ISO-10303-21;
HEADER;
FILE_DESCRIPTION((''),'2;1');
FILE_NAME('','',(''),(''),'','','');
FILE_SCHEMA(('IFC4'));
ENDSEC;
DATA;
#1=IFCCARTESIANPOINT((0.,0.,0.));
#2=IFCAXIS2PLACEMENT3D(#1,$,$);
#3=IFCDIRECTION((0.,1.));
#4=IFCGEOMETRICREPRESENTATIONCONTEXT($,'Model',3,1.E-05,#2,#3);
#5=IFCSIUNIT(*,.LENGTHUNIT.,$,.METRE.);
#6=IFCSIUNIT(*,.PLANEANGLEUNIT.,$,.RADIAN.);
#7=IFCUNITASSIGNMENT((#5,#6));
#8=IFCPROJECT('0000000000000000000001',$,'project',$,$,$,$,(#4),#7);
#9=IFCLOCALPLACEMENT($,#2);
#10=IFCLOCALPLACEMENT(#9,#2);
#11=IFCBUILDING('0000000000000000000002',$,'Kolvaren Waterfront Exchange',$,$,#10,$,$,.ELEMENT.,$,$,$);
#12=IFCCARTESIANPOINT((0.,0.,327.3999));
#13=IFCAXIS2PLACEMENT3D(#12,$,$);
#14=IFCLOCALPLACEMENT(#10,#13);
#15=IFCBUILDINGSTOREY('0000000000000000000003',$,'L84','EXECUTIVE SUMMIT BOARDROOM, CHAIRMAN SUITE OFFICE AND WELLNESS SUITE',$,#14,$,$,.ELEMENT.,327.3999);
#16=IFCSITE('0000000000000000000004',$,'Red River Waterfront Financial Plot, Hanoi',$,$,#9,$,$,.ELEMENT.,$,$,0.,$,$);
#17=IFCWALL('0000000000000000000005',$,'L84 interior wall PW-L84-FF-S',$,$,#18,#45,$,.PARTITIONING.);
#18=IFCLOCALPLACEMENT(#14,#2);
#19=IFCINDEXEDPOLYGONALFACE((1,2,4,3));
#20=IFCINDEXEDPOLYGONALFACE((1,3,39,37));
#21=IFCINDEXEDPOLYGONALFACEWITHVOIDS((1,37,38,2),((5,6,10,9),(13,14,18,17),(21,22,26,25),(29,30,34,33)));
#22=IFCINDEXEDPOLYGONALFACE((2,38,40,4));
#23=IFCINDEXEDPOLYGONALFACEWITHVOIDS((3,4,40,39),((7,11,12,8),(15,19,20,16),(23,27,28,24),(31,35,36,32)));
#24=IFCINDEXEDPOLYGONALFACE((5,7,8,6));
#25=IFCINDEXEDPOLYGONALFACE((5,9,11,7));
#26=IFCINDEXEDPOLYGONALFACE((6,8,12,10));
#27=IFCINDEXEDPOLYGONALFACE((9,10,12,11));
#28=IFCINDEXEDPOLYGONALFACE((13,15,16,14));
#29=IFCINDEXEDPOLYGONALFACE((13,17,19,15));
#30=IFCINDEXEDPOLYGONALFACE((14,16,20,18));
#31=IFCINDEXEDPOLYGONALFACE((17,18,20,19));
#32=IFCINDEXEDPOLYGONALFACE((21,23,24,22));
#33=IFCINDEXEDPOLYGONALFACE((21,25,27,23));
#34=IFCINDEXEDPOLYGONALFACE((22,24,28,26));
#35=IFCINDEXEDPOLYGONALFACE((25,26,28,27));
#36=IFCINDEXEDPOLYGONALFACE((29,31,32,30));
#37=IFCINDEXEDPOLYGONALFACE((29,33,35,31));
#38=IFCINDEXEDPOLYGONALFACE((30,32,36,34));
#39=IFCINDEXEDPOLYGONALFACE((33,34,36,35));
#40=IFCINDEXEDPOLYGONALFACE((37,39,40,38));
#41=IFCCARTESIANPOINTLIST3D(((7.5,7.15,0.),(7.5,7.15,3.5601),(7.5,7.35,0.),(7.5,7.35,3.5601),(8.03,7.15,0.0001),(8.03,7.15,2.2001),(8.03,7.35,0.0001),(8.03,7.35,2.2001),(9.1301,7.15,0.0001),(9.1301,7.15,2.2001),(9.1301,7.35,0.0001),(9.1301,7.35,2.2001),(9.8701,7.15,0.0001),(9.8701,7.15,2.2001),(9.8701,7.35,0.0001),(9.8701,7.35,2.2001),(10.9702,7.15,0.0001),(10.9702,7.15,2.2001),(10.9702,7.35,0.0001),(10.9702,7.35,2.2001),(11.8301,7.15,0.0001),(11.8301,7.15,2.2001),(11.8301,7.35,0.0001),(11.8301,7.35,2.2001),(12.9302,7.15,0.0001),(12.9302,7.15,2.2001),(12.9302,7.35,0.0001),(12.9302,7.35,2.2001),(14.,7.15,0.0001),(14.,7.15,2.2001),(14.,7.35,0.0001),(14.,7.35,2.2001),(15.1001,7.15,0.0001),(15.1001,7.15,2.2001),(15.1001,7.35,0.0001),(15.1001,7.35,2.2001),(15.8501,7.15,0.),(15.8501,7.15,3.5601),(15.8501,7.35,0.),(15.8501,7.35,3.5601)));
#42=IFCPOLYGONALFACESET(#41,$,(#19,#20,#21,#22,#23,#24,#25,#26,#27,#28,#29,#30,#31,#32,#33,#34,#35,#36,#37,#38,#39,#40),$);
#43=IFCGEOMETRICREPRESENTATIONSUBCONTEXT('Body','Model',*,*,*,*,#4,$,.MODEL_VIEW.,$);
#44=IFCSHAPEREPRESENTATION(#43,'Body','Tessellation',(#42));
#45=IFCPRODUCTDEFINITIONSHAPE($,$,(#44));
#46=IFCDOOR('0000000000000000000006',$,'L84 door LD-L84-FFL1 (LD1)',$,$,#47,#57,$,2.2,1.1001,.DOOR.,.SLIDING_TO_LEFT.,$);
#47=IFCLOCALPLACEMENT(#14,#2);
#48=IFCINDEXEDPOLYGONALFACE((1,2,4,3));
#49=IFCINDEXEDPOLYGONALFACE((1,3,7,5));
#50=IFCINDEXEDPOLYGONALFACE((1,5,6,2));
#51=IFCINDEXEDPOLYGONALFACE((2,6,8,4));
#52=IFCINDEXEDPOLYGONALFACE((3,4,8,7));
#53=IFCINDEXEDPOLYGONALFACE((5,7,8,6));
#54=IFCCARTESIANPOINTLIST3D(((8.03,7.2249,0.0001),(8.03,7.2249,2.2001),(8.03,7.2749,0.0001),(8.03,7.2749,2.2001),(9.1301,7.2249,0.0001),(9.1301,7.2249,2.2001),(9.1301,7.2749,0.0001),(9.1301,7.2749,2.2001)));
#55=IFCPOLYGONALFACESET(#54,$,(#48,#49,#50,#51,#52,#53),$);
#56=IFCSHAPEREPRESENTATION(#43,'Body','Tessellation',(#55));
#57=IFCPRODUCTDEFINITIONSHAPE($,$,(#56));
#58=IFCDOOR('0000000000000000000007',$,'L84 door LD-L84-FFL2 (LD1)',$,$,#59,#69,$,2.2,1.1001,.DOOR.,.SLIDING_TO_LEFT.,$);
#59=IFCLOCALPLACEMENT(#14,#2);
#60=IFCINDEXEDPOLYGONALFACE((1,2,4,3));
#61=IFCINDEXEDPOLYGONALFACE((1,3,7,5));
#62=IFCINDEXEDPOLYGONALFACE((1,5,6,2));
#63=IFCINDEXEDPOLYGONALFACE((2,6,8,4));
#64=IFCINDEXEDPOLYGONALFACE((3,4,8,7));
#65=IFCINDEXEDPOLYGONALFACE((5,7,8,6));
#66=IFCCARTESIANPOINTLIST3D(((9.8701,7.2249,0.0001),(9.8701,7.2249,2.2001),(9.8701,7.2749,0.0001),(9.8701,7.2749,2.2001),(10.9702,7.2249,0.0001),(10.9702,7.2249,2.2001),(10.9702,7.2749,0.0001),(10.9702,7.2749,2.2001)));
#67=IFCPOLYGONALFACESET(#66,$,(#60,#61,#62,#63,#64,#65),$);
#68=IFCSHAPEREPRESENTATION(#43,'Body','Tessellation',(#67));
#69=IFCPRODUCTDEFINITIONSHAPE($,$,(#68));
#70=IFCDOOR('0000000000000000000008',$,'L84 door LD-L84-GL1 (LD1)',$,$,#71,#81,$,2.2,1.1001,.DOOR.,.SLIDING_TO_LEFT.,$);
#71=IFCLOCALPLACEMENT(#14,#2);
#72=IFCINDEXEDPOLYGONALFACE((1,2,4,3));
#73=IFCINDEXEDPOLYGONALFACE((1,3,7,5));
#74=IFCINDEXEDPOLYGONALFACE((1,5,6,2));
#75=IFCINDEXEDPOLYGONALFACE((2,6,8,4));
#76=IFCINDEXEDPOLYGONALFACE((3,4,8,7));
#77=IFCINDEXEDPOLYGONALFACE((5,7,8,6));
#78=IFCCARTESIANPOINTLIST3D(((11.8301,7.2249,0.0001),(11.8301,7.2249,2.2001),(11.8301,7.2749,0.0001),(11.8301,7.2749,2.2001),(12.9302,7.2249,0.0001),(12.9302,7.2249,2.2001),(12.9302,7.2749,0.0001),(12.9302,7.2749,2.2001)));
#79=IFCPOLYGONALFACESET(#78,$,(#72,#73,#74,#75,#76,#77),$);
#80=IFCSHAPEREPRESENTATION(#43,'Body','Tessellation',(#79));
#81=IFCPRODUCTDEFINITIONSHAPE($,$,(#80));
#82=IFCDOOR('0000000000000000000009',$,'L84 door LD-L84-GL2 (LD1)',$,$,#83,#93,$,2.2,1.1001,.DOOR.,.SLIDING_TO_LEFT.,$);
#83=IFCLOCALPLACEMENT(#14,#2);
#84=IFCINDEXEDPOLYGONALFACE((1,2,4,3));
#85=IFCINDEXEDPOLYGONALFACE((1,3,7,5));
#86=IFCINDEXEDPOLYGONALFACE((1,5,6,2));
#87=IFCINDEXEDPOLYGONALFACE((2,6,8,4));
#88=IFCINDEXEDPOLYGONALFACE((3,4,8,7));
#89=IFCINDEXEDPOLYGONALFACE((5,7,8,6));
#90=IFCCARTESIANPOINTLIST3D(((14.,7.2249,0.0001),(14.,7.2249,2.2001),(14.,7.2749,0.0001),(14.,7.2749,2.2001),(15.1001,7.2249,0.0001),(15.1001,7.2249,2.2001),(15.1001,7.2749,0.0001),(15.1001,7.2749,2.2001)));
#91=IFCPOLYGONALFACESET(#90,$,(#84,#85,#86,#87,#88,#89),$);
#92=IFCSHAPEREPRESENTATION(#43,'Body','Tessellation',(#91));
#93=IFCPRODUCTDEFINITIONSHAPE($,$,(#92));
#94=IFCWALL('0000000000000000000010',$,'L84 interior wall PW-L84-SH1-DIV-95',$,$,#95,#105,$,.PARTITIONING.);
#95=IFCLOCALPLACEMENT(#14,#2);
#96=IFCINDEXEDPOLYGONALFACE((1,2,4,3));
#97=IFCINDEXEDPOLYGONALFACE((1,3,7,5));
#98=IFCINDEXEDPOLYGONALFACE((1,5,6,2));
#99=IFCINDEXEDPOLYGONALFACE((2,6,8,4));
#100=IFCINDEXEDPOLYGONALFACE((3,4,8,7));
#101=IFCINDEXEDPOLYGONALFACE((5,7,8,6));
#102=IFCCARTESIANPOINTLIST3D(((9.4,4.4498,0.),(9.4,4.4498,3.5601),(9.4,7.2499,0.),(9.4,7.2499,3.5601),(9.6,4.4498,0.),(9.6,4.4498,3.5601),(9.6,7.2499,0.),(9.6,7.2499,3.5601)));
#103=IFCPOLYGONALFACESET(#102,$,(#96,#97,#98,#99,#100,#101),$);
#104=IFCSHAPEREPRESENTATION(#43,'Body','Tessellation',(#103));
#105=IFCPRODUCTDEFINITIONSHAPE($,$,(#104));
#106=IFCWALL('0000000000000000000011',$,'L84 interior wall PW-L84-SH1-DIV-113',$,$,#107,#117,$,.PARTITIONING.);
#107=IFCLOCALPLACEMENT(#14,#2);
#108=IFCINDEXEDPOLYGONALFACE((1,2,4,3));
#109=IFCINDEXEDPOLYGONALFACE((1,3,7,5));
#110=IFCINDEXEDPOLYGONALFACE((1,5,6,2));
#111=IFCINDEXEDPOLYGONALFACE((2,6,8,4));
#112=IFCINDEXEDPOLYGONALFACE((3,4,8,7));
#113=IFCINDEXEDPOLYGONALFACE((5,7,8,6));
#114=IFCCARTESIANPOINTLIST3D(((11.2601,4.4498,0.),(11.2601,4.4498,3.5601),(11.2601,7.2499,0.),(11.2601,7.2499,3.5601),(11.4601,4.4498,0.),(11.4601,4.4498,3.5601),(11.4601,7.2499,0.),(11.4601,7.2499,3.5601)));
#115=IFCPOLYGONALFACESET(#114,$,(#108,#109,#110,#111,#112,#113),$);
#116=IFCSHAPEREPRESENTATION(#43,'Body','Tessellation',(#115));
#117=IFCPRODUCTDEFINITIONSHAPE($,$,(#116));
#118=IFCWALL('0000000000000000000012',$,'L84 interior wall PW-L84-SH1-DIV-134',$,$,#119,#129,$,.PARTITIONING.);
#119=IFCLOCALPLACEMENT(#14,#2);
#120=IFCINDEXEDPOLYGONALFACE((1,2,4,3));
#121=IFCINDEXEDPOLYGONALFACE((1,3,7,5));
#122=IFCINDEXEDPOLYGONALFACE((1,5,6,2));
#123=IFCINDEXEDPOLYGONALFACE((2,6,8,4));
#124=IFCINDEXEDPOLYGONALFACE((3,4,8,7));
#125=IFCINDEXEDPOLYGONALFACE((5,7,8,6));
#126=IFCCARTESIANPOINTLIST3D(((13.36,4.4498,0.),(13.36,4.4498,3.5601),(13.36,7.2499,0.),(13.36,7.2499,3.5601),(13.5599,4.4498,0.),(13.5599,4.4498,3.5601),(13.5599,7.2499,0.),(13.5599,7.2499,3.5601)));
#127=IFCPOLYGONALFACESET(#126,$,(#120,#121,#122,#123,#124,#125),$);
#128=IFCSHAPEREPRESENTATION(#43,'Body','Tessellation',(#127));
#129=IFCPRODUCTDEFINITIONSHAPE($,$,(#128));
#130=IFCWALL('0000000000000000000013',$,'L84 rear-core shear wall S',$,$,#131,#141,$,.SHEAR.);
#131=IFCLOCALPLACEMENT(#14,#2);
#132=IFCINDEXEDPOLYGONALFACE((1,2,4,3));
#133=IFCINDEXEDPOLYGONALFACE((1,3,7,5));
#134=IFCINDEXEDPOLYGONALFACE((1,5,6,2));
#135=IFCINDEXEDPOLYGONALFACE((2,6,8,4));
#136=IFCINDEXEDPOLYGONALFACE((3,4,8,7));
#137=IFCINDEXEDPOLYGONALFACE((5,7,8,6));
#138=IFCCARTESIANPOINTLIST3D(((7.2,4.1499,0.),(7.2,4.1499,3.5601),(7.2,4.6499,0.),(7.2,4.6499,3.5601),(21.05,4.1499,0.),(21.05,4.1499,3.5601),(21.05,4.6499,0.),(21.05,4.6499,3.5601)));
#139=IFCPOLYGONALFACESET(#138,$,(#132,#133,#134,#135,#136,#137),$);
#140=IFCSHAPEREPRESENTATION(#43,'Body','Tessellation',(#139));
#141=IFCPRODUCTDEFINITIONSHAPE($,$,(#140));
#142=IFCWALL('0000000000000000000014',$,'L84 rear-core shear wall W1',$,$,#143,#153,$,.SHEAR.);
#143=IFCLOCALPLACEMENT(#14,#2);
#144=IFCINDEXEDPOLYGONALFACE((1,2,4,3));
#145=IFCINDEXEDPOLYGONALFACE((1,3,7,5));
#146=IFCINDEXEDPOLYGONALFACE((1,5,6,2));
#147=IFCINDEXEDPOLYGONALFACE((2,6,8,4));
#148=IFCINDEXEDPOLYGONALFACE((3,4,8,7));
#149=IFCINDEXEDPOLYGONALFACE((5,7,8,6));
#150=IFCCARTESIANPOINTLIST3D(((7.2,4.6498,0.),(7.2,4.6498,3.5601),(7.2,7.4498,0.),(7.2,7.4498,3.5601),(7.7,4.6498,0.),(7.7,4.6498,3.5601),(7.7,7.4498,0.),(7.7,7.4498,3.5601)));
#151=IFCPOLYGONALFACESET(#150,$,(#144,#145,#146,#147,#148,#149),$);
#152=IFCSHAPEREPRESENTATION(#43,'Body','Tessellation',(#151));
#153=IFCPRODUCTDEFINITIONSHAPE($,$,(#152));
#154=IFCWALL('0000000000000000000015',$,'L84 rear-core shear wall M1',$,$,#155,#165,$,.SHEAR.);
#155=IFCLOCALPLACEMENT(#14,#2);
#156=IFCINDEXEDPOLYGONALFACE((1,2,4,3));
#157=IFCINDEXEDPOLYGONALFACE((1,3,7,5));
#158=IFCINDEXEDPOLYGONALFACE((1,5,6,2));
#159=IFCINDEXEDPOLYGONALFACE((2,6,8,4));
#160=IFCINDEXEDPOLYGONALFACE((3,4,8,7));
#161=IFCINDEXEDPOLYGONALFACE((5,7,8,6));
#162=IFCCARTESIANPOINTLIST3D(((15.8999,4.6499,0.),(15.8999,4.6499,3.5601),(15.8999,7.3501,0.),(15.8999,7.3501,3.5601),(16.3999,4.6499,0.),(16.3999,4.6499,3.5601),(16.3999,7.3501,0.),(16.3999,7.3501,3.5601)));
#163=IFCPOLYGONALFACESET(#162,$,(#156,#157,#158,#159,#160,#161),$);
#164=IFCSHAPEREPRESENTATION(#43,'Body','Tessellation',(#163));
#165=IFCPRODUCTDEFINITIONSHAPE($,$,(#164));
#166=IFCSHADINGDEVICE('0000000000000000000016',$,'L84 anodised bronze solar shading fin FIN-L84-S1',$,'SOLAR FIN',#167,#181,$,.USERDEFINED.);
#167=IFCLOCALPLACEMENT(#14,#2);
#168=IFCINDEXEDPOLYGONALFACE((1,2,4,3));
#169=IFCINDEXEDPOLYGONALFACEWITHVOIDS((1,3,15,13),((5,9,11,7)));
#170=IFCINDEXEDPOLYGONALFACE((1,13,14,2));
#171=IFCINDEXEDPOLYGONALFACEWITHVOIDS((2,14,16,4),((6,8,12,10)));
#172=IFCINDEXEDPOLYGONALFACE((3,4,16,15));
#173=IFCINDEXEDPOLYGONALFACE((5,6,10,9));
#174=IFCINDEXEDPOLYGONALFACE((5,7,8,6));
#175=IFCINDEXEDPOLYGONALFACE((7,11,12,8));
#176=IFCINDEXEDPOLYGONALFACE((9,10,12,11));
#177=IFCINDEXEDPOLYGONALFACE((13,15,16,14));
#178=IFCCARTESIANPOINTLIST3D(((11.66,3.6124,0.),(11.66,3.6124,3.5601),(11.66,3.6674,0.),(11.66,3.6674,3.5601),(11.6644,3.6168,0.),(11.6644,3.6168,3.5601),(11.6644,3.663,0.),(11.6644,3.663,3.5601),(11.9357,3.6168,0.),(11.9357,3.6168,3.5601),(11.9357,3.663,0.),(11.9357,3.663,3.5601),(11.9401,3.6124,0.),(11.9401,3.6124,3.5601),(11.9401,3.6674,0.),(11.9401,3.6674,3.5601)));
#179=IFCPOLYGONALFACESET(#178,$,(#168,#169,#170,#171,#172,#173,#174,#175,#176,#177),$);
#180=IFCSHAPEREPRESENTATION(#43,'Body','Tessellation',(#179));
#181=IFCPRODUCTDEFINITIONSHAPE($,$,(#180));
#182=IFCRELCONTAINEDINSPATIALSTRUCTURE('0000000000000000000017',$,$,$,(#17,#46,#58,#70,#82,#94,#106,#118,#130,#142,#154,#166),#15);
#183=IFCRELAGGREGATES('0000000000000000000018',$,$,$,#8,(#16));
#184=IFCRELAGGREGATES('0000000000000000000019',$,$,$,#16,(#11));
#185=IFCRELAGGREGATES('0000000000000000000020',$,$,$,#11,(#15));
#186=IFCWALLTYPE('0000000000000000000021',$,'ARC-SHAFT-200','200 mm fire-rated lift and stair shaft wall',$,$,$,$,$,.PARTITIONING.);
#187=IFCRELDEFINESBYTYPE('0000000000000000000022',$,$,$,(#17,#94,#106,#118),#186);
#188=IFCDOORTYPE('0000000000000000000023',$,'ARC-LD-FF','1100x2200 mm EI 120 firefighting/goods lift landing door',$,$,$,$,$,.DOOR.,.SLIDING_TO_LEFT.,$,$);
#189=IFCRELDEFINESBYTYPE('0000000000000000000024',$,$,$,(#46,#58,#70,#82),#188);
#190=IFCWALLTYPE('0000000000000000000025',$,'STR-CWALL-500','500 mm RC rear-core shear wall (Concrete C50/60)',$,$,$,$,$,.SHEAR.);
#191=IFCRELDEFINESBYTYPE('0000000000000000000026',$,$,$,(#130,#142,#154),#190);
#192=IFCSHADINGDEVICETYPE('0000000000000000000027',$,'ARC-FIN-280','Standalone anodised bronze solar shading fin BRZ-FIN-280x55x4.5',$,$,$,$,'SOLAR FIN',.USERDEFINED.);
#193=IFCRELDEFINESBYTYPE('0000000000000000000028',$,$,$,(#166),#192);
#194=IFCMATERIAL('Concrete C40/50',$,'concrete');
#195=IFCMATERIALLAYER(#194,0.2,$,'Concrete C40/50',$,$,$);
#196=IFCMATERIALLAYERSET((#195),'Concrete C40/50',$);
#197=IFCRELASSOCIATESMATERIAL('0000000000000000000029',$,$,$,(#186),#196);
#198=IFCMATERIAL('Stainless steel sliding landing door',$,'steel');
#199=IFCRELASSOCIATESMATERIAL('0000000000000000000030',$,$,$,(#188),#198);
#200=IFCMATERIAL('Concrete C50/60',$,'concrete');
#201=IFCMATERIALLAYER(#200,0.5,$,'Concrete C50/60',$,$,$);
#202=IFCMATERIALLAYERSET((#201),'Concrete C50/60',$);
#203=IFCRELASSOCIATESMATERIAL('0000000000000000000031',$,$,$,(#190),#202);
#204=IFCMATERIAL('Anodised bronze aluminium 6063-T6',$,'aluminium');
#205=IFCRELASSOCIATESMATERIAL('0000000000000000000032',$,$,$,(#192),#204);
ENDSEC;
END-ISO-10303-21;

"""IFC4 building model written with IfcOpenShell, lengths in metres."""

from ifc_helpers import new_model, si_unit, direction, frame, frame_2d, origin, origin_2d, place, context, subcontext, project, spatial, rectangle, hollow_rectangle, extrude, material, layer, layer_set, material_profile, profile_set, type_object, element, fill, save


model = new_model("IFC4")

# Units and contexts
model_context = context("Model", 3, precision=1e-05, world=origin(), true_north=direction((0.0, 1.0)))
body_context = subcontext(model_context, "Body", "Model", "MODEL_VIEW")
ifc_project = project(units=[si_unit("LENGTHUNIT", "METRE"), si_unit("PLANEANGLEUNIT", "RADIAN")], contexts=[model_context])

# Site, building, storey
site_placement = place(None, origin())
site = spatial("IfcSite", under=ifc_project, at=site_placement, Name="Red River Waterfront Financial Plot, Hanoi", CompositionType="ELEMENT", RefElevation=0.0)
building_placement = place(site_placement, origin())
building = spatial("IfcBuilding", under=site, at=building_placement, Name="Kolvaren Waterfront Exchange", CompositionType="ELEMENT")
storey_placement = place(building_placement, frame((0.0, 0.0, 327.3999)))
storey = spatial("IfcBuildingStorey", under=building, at=storey_placement, Name="L84", Description="EXECUTIVE SUMMIT BOARDROOM, CHAIRMAN SUITE OFFICE AND WELLNESS SUITE", CompositionType="ELEMENT", Elevation=327.3999)

# Shared definitions
ifc_material_1 = material(Name="Concrete C50/60", Category="concrete")

# Shared definitions
ifc_material_2 = material(Name="Anodised bronze aluminium 6063-T6", Category="aluminium")

# Wall, openings, doors
ifc_material_3 = material(Name="Concrete C40/50", Category="concrete")
ifc_layer_1 = layer(ifc_material_3, 0.2, Name="Concrete C40/50")
ifc_layer_set_1 = layer_set([ifc_layer_1], Name="Concrete C40/50")
wall_type_1 = type_object("IfcWallType", Name="ARC-SHAFT-200", Description="200 mm fire-rated lift and stair shaft wall", PredefinedType="PARTITIONING", material=ifc_layer_set_1)
wall_1_placement = place(storey_placement, frame((7.5, 7.25, 0.0), z_axis=(0.0, 0.0, 1.0), x_axis=(1.0, 0.0, 0.0)))
wall_1 = element("IfcWall", 1, at=wall_1_placement, inside=storey, type_object=wall_type_1, Name="L84 interior wall PW-L84-FF-S", PredefinedType="PARTITIONING", context=body_context, shape_type="SweptSolid", body=[
    extrude(rectangle(XDim=8.3501, YDim=0.2, at=frame_2d((4.175, 0.0))), origin(), (0.0, 0.0, 1.0), 3.5601),
])
opening_1_placement = place(wall_1_placement, frame((0.53, 0.0, 0.0)))
opening_1 = element("IfcOpeningElement", 2, at=opening_1_placement, cuts=wall_1, PredefinedType="OPENING", context=body_context, shape_type="SweptSolid", body=[
    extrude(rectangle(XDim=1.1001, YDim=2.2, at=frame_2d((0.55, 1.1001))), frame((0.0, 0.1099, 0.0), z_axis=(0.0, -1.0, 0.0), x_axis=(1.0, 0.0, 0.0)), (0.0, 0.0, 1.0), 0.22),
])
opening_2_placement = place(wall_1_placement, frame((2.3701, 0.0, 0.0)))
opening_2 = element("IfcOpeningElement", 3, at=opening_2_placement, cuts=wall_1, PredefinedType="OPENING", context=body_context, shape_type="SweptSolid", body=[
    extrude(rectangle(XDim=1.1001, YDim=2.2, at=frame_2d((0.55, 1.1001))), frame((0.0, 0.1099, 0.0), z_axis=(0.0, -1.0, 0.0), x_axis=(1.0, 0.0, 0.0)), (0.0, 0.0, 1.0), 0.22),
])
opening_3_placement = place(wall_1_placement, frame((4.3301, 0.0, 0.0)))
opening_3 = element("IfcOpeningElement", 4, at=opening_3_placement, cuts=wall_1, PredefinedType="OPENING", context=body_context, shape_type="SweptSolid", body=[
    extrude(rectangle(XDim=1.1001, YDim=2.2, at=frame_2d((0.55, 1.1001))), frame((0.0, 0.1099, 0.0), z_axis=(0.0, -1.0, 0.0), x_axis=(1.0, 0.0, 0.0)), (0.0, 0.0, 1.0), 0.22),
])
opening_4_placement = place(wall_1_placement, frame((6.5, 0.0, 0.0)))
opening_4 = element("IfcOpeningElement", 5, at=opening_4_placement, cuts=wall_1, PredefinedType="OPENING", context=body_context, shape_type="SweptSolid", body=[
    extrude(rectangle(XDim=1.1001, YDim=2.2, at=frame_2d((0.55, 1.1001))), frame((0.0, 0.1099, 0.0), z_axis=(0.0, -1.0, 0.0), x_axis=(1.0, 0.0, 0.0)), (0.0, 0.0, 1.0), 0.22),
])
ifc_material_4 = material(Name="Stainless steel sliding landing door", Category="steel")
door_type = type_object("IfcDoorType", Name="ARC-LD-FF", Description="1100x2200 mm EI 120 firefighting/goods lift landing door", OperationType="SLIDING_TO_LEFT", PredefinedType="DOOR", material=ifc_material_4)
door_1_placement = place(opening_1_placement, origin())
door_1 = element("IfcDoor", 6, at=door_1_placement, inside=storey, type_object=door_type, Name="L84 door LD-L84-FFL1 (LD1)", OperationType="SLIDING_TO_LEFT", OverallHeight=2.2, OverallWidth=1.1001, PredefinedType="DOOR", context=body_context, shape_type="SweptSolid", body=[
    extrude(rectangle(XDim=1.1001, YDim=2.2, at=frame_2d((0.55, 1.1001))), frame((0.0, 0.0249, 0.0), z_axis=(0.0, -1.0, 0.0), x_axis=(1.0, 0.0, 0.0)), (0.0, 0.0, 1.0), 0.05),
])
fill(opening_1, door_1)
door_2_placement = place(opening_2_placement, origin())
door_2 = element("IfcDoor", 7, at=door_2_placement, inside=storey, type_object=door_type, Name="L84 door LD-L84-FFL2 (LD1)", OperationType="SLIDING_TO_LEFT", OverallHeight=2.2, OverallWidth=1.1001, PredefinedType="DOOR", context=body_context, shape_type="SweptSolid", body=[
    extrude(rectangle(XDim=1.1001, YDim=2.2, at=frame_2d((0.55, 1.1001))), frame((0.0, 0.0249, 0.0), z_axis=(0.0, -1.0, 0.0), x_axis=(1.0, 0.0, 0.0)), (0.0, 0.0, 1.0), 0.05),
])
fill(opening_2, door_2)
door_3_placement = place(opening_3_placement, origin())
door_3 = element("IfcDoor", 8, at=door_3_placement, inside=storey, type_object=door_type, Name="L84 door LD-L84-GL1 (LD1)", OperationType="SLIDING_TO_LEFT", OverallHeight=2.2, OverallWidth=1.1001, PredefinedType="DOOR", context=body_context, shape_type="SweptSolid", body=[
    extrude(rectangle(XDim=1.1001, YDim=2.2, at=frame_2d((0.55, 1.1001))), frame((0.0, 0.0249, 0.0), z_axis=(0.0, -1.0, 0.0), x_axis=(1.0, 0.0, 0.0)), (0.0, 0.0, 1.0), 0.05),
])
fill(opening_3, door_3)
door_4_placement = place(opening_4_placement, origin())
door_4 = element("IfcDoor", 9, at=door_4_placement, inside=storey, type_object=door_type, Name="L84 door LD-L84-GL2 (LD1)", OperationType="SLIDING_TO_LEFT", OverallHeight=2.2, OverallWidth=1.1001, PredefinedType="DOOR", context=body_context, shape_type="SweptSolid", body=[
    extrude(rectangle(XDim=1.1001, YDim=2.2, at=frame_2d((0.55, 1.1001))), frame((0.0, 0.0249, 0.0), z_axis=(0.0, -1.0, 0.0), x_axis=(1.0, 0.0, 0.0)), (0.0, 0.0, 1.0), 0.05),
])
fill(opening_4, door_4)

# Walls
for number, where, z_axis, x_axis, name in (
    (10, (9.5, 4.45, 0.0), (0.0, 0.0, 1.0), (0.0, 1.0, 0.0), "L84 interior wall PW-L84-SH1-DIV-95"),
    (11, (11.3601, 4.45, 0.0), (0.0, 0.0, 1.0), (0.0, 1.0, 0.0), "L84 interior wall PW-L84-SH1-DIV-113"),
    (12, (13.46, 4.45, 0.0), (0.0, 0.0, 1.0), (0.0, 1.0, 0.0), "L84 interior wall PW-L84-SH1-DIV-134"),
):
    element("IfcWall", number, at=place(storey_placement, frame(where, z_axis=z_axis, x_axis=x_axis)), inside=storey, type_object=wall_type_1, Name=name, PredefinedType="PARTITIONING", context=body_context, shape_type="SweptSolid", body=[
        extrude(rectangle(XDim=2.8, YDim=0.2, at=frame_2d((1.3999, 0.0))), origin(), (0.0, 0.0, 1.0), 3.5601),
    ])
ifc_layer_2 = layer(ifc_material_1, 0.5, Name="Concrete C50/60")
ifc_layer_set_2 = layer_set([ifc_layer_2], Name="Concrete C50/60")
wall_type_2 = type_object("IfcWallType", Name="STR-CWALL-500", Description="500 mm RC rear-core shear wall (Concrete C50/60)", PredefinedType="SHEAR", material=ifc_layer_set_2)
wall_2_placement = place(storey_placement, frame((7.2, 4.3999, 0.0), z_axis=(0.0, 0.0, 1.0), x_axis=(1.0, 0.0, 0.0)))
element("IfcWall", 13, at=wall_2_placement, inside=storey, type_object=wall_type_2, Name="L84 rear-core shear wall S", PredefinedType="SHEAR", context=body_context, shape_type="SweptSolid", body=[
    extrude(rectangle(XDim=13.8501, YDim=0.5, at=frame_2d((6.925, 0.0))), origin(), (0.0, 0.0, 1.0), 3.5601),
])
wall_3_placement = place(storey_placement, frame((7.45, 4.6499, 0.0), z_axis=(0.0, 0.0, 1.0), x_axis=(0.0, 1.0, 0.0)))
element("IfcWall", 14, at=wall_3_placement, inside=storey, type_object=wall_type_2, Name="L84 rear-core shear wall W1", PredefinedType="SHEAR", context=body_context, shape_type="SweptSolid", body=[
    extrude(rectangle(XDim=2.8, YDim=0.5, at=frame_2d((1.3999, 0.0))), origin(), (0.0, 0.0, 1.0), 3.5601),
])
wall_4_placement = place(storey_placement, frame((16.1499, 4.6499, 0.0), z_axis=(0.0, 0.0, 1.0), x_axis=(0.0, 1.0, 0.0)))
element("IfcWall", 15, at=wall_4_placement, inside=storey, type_object=wall_type_2, Name="L84 rear-core shear wall M1", PredefinedType="SHEAR", context=body_context, shape_type="SweptSolid", body=[
    extrude(rectangle(XDim=2.7002, YDim=0.5, at=frame_2d((1.3501, 0.0))), origin(), (0.0, 0.0, 1.0), 3.5601),
])

# Shading device
ifc_material_profile_1 = material_profile(ifc_material_2, hollow_rectangle(XDim=0.0549, YDim=0.28, WallThickness=0.0044, at=origin_2d()), Name="BRZ-FIN-280x55x4.5")
ifc_profile_set_1 = profile_set([ifc_material_profile_1], Name="Anodised bronze aluminium 6063-T6")
shading_device_type = type_object("IfcShadingDeviceType", Name="ARC-FIN-280", Description="Standalone anodised bronze solar shading fin BRZ-FIN-280x55x4.5", ElementType="SOLAR FIN", PredefinedType="USERDEFINED", material=ifc_profile_set_1)
shading_device_placement = place(storey_placement, frame((11.8, 3.6399, 0.0), z_axis=(0.0, 0.0, 1.0), x_axis=(0.0, -1.0, 0.0)))
element("IfcShadingDevice", 16, at=shading_device_placement, inside=storey, type_object=shading_device_type, Name="L84 anodised bronze solar shading fin FIN-L84-S1", ObjectType="SOLAR FIN", PredefinedType="USERDEFINED", context=body_context, shape_type="SweptSolid", body=[
    extrude(hollow_rectangle(XDim=0.0549, YDim=0.28, WallThickness=0.0044, at=origin_2d()), origin(), (0.0, 0.0, 1.0), 3.5601),
])

save(model, "model.ifc")
